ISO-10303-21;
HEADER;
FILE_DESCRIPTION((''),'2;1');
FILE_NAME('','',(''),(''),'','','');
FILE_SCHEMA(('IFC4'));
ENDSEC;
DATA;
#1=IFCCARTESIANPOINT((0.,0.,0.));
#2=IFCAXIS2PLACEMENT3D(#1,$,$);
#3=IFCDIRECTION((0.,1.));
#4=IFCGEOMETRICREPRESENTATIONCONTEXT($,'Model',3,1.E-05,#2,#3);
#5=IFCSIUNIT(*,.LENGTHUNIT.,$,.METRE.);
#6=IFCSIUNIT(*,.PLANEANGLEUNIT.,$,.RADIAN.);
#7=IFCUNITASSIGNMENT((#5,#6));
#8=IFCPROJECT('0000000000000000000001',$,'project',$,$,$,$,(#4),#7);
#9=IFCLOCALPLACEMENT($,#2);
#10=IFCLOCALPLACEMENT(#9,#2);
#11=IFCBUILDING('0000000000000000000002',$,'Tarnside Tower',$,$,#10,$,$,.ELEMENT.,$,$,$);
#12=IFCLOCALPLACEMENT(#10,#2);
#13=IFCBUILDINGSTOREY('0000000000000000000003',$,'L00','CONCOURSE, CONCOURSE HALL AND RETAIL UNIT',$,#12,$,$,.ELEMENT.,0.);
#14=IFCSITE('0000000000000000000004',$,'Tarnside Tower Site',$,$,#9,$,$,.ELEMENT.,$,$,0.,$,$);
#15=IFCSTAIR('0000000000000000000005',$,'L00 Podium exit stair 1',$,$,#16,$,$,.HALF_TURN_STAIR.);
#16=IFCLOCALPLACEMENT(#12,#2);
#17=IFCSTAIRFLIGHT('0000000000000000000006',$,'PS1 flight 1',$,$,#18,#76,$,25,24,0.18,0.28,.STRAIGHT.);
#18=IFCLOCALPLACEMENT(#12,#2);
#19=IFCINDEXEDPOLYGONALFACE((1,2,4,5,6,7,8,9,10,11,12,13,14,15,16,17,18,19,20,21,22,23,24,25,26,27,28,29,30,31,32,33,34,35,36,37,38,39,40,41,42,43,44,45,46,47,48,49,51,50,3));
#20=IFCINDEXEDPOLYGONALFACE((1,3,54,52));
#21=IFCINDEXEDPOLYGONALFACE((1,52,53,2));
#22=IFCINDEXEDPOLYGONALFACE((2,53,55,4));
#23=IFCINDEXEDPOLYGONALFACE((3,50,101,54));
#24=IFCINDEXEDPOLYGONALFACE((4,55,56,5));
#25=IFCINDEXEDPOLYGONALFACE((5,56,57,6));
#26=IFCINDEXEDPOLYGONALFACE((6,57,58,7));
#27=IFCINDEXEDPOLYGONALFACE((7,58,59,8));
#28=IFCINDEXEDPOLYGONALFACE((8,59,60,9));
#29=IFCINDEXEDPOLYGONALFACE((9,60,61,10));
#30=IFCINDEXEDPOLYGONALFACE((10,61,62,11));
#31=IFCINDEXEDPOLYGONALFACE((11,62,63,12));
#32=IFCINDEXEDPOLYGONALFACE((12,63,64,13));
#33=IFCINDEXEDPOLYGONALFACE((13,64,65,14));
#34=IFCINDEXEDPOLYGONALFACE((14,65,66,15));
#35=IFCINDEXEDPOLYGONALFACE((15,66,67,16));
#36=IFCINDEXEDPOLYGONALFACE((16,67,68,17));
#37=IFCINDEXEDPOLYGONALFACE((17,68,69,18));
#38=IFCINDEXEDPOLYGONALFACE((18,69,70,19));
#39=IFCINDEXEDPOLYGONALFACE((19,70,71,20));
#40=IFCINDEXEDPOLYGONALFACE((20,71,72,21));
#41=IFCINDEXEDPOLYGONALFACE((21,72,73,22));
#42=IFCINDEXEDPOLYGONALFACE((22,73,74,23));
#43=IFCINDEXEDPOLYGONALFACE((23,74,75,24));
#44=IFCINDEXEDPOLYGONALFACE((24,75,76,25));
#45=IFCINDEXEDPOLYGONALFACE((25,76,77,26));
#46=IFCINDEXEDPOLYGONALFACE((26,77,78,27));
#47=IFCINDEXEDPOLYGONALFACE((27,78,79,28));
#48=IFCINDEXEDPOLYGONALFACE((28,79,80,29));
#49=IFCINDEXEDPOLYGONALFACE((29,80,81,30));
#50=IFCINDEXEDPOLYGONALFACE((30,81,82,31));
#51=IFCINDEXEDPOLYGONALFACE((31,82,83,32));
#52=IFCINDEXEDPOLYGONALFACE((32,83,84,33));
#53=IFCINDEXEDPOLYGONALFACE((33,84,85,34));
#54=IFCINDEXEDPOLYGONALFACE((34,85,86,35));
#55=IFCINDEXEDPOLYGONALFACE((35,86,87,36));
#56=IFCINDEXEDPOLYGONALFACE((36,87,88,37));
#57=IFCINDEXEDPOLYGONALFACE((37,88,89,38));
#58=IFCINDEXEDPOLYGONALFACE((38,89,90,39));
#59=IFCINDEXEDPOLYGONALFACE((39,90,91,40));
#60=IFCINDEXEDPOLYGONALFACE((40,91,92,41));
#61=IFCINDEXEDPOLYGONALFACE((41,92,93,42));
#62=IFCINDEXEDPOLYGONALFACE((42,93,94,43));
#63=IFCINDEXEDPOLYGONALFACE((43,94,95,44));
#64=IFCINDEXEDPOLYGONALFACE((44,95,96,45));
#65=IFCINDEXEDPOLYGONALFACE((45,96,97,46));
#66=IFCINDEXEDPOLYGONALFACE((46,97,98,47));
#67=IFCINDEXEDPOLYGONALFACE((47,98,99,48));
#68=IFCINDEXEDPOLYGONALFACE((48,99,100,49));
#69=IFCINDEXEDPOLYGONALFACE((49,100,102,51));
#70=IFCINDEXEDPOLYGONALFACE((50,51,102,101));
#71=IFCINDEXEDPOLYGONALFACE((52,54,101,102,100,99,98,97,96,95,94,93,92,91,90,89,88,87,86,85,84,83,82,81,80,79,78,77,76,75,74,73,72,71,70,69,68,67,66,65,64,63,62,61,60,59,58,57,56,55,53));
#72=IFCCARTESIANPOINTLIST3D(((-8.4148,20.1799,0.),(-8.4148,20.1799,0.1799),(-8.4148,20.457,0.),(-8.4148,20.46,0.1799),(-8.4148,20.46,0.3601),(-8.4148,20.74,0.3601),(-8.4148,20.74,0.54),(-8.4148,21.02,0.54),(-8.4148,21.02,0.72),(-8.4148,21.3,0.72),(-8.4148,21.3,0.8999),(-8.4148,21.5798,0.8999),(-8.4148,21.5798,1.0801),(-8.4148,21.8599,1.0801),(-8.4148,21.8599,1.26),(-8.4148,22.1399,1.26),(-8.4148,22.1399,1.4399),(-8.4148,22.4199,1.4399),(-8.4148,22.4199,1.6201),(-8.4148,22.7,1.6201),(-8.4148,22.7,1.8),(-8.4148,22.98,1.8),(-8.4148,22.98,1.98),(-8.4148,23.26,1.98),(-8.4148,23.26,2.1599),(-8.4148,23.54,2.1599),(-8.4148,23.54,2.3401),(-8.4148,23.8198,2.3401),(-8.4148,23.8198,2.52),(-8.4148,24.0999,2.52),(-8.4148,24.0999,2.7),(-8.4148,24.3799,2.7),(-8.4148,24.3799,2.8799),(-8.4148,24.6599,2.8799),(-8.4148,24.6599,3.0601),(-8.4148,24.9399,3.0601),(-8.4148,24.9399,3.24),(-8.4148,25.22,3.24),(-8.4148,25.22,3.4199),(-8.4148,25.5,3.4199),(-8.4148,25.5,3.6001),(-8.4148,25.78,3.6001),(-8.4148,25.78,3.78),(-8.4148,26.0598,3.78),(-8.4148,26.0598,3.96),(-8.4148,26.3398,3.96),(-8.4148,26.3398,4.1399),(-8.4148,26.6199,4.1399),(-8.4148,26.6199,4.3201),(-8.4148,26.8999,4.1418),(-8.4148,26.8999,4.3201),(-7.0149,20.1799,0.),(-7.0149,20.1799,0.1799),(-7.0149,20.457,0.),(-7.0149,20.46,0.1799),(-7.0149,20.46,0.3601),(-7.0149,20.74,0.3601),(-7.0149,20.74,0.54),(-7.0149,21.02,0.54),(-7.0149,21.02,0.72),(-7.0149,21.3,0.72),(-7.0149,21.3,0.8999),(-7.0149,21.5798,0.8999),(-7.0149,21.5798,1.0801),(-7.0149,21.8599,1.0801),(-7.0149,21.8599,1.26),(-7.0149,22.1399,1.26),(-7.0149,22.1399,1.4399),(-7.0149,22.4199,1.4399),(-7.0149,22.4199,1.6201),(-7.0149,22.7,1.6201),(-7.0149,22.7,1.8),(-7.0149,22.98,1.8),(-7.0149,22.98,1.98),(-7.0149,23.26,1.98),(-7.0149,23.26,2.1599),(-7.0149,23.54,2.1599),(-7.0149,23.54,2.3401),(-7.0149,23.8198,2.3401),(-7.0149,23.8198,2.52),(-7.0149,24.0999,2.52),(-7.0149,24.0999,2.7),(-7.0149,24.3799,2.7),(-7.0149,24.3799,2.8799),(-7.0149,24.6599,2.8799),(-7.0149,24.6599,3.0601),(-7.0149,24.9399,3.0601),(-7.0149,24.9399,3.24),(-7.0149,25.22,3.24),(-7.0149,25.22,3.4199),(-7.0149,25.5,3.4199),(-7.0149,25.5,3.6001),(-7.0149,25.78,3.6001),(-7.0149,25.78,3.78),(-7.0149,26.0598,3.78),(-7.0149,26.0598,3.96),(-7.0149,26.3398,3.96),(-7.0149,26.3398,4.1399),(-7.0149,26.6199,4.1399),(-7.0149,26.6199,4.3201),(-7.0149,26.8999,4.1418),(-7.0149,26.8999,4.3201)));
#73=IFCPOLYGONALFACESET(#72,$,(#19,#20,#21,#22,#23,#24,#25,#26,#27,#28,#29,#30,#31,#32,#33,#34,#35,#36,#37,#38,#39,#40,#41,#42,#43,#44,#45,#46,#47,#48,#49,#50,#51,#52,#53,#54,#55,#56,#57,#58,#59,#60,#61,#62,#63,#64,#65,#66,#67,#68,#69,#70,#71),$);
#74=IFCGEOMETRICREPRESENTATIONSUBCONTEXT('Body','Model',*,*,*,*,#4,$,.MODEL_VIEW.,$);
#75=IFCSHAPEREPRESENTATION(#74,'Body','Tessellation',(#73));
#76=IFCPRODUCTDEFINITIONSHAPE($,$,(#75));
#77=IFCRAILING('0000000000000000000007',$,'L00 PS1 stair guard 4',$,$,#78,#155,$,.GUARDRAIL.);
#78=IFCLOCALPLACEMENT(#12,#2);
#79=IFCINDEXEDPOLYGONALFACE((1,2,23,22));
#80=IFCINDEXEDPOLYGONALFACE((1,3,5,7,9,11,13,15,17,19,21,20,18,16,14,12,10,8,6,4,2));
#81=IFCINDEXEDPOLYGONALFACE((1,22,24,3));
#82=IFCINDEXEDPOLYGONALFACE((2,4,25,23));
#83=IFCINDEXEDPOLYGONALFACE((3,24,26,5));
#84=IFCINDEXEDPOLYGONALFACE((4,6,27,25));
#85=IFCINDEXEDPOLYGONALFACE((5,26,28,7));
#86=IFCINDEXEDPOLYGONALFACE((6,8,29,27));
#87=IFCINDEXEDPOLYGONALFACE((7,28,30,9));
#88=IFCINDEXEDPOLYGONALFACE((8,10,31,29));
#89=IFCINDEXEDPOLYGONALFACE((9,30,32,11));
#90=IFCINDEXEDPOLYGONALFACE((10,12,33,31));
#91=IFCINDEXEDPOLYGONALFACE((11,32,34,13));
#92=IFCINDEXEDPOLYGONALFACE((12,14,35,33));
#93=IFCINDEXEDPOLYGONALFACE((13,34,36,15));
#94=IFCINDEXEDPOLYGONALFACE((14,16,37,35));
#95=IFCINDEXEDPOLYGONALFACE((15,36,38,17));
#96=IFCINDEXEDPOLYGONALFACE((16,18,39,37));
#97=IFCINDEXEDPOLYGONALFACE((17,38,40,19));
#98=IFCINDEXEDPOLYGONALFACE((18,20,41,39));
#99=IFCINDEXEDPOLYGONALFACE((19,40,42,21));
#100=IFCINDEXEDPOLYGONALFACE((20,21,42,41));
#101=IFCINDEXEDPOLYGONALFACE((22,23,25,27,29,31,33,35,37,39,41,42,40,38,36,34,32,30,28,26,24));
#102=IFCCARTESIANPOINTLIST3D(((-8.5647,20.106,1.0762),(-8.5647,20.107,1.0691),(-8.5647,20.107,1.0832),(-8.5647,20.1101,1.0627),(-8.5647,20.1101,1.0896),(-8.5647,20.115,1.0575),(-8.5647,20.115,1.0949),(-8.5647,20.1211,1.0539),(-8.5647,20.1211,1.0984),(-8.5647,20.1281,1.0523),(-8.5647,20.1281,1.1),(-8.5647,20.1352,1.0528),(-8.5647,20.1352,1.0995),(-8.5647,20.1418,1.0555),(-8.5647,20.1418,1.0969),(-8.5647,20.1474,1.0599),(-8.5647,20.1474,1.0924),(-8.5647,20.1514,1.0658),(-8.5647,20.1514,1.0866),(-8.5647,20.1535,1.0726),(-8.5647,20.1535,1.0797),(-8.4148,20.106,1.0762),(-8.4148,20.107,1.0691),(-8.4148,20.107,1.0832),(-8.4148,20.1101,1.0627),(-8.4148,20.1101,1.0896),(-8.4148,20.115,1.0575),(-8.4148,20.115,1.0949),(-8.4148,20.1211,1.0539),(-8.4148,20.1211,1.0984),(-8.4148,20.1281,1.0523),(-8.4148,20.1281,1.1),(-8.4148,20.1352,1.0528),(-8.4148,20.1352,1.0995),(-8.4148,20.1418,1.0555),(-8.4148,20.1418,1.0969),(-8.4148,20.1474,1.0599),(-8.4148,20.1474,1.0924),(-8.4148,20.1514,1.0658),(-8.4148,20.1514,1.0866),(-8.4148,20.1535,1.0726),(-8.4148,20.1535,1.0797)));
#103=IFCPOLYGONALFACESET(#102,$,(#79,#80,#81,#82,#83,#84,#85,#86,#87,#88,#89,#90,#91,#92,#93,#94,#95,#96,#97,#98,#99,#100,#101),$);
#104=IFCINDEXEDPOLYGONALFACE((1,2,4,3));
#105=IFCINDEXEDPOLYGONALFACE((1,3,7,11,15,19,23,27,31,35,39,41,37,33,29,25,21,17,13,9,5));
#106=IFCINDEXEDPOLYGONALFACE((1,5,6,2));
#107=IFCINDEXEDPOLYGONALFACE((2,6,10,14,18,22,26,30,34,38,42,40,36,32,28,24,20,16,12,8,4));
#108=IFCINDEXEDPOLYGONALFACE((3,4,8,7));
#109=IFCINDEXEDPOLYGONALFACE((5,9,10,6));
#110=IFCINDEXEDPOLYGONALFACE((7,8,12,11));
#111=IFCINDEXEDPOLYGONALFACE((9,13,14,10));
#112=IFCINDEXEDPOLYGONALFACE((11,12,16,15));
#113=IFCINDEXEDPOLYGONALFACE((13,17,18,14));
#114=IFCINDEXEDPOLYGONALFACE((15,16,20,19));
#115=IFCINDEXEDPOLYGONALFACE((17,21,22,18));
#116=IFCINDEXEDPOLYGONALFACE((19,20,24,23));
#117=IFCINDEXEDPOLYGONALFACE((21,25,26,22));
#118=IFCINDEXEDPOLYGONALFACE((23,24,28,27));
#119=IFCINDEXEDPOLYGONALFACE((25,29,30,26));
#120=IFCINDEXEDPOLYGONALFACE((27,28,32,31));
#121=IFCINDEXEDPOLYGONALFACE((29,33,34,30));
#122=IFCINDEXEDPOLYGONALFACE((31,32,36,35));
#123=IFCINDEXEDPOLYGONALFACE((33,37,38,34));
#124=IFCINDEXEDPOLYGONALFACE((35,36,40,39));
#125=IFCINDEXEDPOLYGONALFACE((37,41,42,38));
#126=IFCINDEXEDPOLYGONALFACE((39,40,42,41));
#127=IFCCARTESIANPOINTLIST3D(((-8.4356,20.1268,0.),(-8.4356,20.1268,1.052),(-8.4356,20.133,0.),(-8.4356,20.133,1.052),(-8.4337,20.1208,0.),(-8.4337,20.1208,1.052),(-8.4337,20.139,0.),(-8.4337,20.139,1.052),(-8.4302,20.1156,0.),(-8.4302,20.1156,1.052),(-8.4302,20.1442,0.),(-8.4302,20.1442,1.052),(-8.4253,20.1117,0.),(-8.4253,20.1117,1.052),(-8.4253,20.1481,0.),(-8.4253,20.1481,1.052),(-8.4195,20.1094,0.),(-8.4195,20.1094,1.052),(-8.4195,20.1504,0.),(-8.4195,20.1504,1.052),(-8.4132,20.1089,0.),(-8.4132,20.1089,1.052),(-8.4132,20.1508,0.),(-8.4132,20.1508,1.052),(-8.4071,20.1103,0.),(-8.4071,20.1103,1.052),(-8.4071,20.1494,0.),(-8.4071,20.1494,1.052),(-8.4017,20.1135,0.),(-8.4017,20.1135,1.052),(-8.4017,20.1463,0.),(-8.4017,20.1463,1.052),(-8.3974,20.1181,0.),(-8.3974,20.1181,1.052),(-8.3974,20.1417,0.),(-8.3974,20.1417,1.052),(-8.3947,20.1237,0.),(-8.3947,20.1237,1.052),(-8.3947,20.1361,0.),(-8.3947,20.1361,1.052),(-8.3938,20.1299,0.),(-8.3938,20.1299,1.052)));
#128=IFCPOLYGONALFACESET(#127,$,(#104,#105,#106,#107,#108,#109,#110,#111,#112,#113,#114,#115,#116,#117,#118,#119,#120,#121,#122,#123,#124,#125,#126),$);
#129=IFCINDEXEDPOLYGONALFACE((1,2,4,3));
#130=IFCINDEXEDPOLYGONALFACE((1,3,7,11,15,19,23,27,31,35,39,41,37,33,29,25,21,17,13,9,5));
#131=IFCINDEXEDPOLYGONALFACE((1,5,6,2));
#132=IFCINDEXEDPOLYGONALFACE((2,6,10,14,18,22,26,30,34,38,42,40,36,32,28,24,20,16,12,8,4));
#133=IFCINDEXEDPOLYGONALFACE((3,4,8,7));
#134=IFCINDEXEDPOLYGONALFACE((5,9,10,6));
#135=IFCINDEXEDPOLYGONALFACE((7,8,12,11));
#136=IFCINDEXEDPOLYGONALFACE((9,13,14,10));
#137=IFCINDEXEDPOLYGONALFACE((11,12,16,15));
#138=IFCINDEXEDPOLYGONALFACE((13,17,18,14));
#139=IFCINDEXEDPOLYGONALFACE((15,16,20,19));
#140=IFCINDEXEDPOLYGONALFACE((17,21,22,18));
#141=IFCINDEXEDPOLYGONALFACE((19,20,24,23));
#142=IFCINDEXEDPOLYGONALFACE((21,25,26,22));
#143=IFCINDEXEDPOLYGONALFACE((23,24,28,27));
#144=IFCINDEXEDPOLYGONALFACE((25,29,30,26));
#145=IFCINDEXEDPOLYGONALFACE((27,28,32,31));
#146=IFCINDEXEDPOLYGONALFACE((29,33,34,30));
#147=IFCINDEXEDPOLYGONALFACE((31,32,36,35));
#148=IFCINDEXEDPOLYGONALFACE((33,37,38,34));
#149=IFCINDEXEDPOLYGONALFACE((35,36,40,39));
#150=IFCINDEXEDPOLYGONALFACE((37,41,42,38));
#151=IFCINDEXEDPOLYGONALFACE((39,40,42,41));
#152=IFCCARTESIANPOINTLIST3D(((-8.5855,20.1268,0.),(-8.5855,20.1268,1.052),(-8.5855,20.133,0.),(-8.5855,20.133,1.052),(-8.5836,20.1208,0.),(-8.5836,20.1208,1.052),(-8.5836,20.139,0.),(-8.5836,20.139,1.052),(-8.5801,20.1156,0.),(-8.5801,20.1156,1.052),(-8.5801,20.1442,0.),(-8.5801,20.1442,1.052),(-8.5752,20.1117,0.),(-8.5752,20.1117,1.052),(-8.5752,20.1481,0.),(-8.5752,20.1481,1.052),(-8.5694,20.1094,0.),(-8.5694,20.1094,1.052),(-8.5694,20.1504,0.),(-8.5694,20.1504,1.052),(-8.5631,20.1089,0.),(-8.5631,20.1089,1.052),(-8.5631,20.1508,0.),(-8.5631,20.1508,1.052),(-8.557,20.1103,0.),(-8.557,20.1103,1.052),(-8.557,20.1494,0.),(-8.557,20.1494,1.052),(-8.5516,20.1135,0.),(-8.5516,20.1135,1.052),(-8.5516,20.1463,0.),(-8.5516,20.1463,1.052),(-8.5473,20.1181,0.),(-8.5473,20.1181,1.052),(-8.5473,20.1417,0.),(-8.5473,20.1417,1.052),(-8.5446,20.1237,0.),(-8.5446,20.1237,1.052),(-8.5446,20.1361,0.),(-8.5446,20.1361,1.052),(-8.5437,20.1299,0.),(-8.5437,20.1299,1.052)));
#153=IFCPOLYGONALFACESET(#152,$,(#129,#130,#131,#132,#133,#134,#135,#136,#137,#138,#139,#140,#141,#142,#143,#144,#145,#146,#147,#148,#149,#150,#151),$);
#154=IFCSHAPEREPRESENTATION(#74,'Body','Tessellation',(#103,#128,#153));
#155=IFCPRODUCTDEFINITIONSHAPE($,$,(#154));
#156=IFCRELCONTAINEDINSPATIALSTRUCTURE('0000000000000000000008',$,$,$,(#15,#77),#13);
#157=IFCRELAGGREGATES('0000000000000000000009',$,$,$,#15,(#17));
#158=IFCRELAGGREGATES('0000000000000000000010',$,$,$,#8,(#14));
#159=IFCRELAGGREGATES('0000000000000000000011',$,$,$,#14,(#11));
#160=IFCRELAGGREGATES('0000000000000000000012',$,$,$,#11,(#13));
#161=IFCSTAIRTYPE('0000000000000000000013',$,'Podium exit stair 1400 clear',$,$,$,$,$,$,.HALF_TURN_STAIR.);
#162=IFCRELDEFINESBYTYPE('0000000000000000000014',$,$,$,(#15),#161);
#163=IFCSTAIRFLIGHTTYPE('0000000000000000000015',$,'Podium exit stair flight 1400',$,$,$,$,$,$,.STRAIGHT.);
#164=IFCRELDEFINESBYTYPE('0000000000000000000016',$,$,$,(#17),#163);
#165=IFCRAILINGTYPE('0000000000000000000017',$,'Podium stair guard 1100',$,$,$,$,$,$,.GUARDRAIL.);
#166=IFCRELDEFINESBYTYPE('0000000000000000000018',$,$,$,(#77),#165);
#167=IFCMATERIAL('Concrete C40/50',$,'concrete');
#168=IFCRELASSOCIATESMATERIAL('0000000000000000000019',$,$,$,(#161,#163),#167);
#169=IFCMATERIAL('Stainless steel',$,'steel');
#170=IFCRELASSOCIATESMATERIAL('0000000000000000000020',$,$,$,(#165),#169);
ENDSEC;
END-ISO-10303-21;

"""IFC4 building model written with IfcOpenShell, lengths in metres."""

from ifc_helpers import new_model, si_unit, direction, frame, origin, origin_2d, place, context, subcontext, project, spatial, polyline, circle, outline, extrude, material, type_object, element, aggregate, save


model = new_model("IFC4")

# Units and contexts
model_context = context("Model", 3, precision=1e-05, world=origin(), true_north=direction((0.0, 1.0)))
body_context = subcontext(model_context, "Body", "Model", "MODEL_VIEW")
ifc_project = project(units=[si_unit("LENGTHUNIT", "METRE"), si_unit("PLANEANGLEUNIT", "RADIAN")], contexts=[model_context])

# Site, building, storey
site_placement = place(None, origin())
site = spatial("IfcSite", under=ifc_project, at=site_placement, Name="Tarnside Tower Site", CompositionType="ELEMENT", RefElevation=0.0)
building_placement = place(site_placement, origin())
building = spatial("IfcBuilding", under=site, at=building_placement, Name="Tarnside Tower", CompositionType="ELEMENT")
storey_placement = place(building_placement, origin())
storey = spatial("IfcBuildingStorey", under=building, at=storey_placement, Name="L00", Description="CONCOURSE, CONCOURSE HALL AND RETAIL UNIT", CompositionType="ELEMENT", Elevation=0.0)

# Stair, stair flight
ifc_material_1 = material(Name="Concrete C40/50", Category="concrete")
stair_type = type_object("IfcStairType", Name="Podium exit stair 1400 clear", PredefinedType="HALF_TURN_STAIR", material=ifc_material_1)
stair_placement = place(storey_placement, origin())
stair = element("IfcStair", 1, at=stair_placement, inside=storey, type_object=stair_type, Name="L00 Podium exit stair 1", PredefinedType="HALF_TURN_STAIR")
stair_flight_type = type_object("IfcStairFlightType", Name="Podium exit stair flight 1400", PredefinedType="STRAIGHT", material=ifc_material_1)
stair_flight_placement = place(storey_placement, frame((-7.7148, 20.1799, 0.0), z_axis=(0.0, 0.0, 1.0), x_axis=(0.0, 1.0, 0.0)))
stair_flight = element("IfcStairFlight", 2, at=stair_flight_placement, type_object=stair_flight_type, Name="PS1 flight 1", NumberOfRisers=25, NumberOfTreads=24, PredefinedType="STRAIGHT", RiserHeight=0.18, TreadLength=0.28, context=body_context, shape_type="SweptSolid", body=[
    extrude(outline(polyline([(0.0, 0.0), (0.0, 0.1799), (0.28, 0.1799), (0.28, 0.3601), (0.5601, 0.3601), (0.5601, 0.54), (0.8401, 0.54), (0.8401, 0.72), (1.1201, 0.72), (1.1201, 0.8999), (1.3999, 0.8999), (1.3999, 1.0801), (1.6799, 1.0801), (1.6799, 1.26), (1.96, 1.26), (1.96, 1.4399), (2.24, 1.4399), (2.24, 1.6201), (2.52, 1.6201), (2.52, 1.8), (2.8, 1.8), (2.8, 1.98), (3.0801, 1.98), (3.0801, 2.1599), (3.3601, 2.1599), (3.3601, 2.3401), (3.6399, 2.3401), (3.6399, 2.52), (3.9199, 2.52), (3.9199, 2.7), (4.2, 2.7), (4.2, 2.8799), (4.48, 2.8799), (4.48, 3.0601), (4.76, 3.0601), (4.76, 3.24), (5.04, 3.24), (5.04, 3.4199), (5.3201, 3.4199), (5.3201, 3.6001), (5.6001, 3.6001), (5.6001, 3.78), (5.8799, 3.78), (5.8799, 3.96), (6.1599, 3.96), (6.1599, 4.1399), (6.4399, 4.1399), (6.4399, 4.3201), (6.72, 4.3201), (6.72, 4.5), (6.72, 4.1418), (0.2771, 0.0), (0.0, 0.0)])), frame((0.0, 0.7, 0.0), z_axis=(0.0, -1.0, 0.0), x_axis=(1.0, 0.0, 0.0)), (0.0, 0.0, 1.0), 1.3999),
])
aggregate(stair, [stair_flight])

# Railing
ifc_material_2 = material(Name="Stainless steel", Category="steel")
railing_type_1 = type_object("IfcRailingType", Name="Podium stair guard 1100", PredefinedType="GUARDRAIL", material=ifc_material_2)
railing_1_placement = place(storey_placement, frame((-8.4148, 20.1299, 0.0)))
element("IfcRailing", 3, at=railing_1_placement, inside=storey, type_object=railing_type_1, Name="L00 PS1 stair guard 4", PredefinedType="GUARDRAIL", context=body_context, shape_type="SweptSolid", body=[
    extrude(circle(Radius=0.0239, at=origin_2d()), frame((0.0, 0.0, 1.0762), z_axis=(-1.0, 0.0, 0.0), x_axis=(0.0, -1.0, 0.0)), (0.0, 0.0, 1.0), 0.1499),
    extrude(circle(Radius=0.021, at=origin_2d()), origin(), (0.0, 0.0, 1.0), 1.052),
    extrude(circle(Radius=0.021, at=origin_2d()), frame((-0.1499, 0.0, 0.0)), (0.0, 0.0, 1.0), 1.052),
])

save(model, "model.ifc")
